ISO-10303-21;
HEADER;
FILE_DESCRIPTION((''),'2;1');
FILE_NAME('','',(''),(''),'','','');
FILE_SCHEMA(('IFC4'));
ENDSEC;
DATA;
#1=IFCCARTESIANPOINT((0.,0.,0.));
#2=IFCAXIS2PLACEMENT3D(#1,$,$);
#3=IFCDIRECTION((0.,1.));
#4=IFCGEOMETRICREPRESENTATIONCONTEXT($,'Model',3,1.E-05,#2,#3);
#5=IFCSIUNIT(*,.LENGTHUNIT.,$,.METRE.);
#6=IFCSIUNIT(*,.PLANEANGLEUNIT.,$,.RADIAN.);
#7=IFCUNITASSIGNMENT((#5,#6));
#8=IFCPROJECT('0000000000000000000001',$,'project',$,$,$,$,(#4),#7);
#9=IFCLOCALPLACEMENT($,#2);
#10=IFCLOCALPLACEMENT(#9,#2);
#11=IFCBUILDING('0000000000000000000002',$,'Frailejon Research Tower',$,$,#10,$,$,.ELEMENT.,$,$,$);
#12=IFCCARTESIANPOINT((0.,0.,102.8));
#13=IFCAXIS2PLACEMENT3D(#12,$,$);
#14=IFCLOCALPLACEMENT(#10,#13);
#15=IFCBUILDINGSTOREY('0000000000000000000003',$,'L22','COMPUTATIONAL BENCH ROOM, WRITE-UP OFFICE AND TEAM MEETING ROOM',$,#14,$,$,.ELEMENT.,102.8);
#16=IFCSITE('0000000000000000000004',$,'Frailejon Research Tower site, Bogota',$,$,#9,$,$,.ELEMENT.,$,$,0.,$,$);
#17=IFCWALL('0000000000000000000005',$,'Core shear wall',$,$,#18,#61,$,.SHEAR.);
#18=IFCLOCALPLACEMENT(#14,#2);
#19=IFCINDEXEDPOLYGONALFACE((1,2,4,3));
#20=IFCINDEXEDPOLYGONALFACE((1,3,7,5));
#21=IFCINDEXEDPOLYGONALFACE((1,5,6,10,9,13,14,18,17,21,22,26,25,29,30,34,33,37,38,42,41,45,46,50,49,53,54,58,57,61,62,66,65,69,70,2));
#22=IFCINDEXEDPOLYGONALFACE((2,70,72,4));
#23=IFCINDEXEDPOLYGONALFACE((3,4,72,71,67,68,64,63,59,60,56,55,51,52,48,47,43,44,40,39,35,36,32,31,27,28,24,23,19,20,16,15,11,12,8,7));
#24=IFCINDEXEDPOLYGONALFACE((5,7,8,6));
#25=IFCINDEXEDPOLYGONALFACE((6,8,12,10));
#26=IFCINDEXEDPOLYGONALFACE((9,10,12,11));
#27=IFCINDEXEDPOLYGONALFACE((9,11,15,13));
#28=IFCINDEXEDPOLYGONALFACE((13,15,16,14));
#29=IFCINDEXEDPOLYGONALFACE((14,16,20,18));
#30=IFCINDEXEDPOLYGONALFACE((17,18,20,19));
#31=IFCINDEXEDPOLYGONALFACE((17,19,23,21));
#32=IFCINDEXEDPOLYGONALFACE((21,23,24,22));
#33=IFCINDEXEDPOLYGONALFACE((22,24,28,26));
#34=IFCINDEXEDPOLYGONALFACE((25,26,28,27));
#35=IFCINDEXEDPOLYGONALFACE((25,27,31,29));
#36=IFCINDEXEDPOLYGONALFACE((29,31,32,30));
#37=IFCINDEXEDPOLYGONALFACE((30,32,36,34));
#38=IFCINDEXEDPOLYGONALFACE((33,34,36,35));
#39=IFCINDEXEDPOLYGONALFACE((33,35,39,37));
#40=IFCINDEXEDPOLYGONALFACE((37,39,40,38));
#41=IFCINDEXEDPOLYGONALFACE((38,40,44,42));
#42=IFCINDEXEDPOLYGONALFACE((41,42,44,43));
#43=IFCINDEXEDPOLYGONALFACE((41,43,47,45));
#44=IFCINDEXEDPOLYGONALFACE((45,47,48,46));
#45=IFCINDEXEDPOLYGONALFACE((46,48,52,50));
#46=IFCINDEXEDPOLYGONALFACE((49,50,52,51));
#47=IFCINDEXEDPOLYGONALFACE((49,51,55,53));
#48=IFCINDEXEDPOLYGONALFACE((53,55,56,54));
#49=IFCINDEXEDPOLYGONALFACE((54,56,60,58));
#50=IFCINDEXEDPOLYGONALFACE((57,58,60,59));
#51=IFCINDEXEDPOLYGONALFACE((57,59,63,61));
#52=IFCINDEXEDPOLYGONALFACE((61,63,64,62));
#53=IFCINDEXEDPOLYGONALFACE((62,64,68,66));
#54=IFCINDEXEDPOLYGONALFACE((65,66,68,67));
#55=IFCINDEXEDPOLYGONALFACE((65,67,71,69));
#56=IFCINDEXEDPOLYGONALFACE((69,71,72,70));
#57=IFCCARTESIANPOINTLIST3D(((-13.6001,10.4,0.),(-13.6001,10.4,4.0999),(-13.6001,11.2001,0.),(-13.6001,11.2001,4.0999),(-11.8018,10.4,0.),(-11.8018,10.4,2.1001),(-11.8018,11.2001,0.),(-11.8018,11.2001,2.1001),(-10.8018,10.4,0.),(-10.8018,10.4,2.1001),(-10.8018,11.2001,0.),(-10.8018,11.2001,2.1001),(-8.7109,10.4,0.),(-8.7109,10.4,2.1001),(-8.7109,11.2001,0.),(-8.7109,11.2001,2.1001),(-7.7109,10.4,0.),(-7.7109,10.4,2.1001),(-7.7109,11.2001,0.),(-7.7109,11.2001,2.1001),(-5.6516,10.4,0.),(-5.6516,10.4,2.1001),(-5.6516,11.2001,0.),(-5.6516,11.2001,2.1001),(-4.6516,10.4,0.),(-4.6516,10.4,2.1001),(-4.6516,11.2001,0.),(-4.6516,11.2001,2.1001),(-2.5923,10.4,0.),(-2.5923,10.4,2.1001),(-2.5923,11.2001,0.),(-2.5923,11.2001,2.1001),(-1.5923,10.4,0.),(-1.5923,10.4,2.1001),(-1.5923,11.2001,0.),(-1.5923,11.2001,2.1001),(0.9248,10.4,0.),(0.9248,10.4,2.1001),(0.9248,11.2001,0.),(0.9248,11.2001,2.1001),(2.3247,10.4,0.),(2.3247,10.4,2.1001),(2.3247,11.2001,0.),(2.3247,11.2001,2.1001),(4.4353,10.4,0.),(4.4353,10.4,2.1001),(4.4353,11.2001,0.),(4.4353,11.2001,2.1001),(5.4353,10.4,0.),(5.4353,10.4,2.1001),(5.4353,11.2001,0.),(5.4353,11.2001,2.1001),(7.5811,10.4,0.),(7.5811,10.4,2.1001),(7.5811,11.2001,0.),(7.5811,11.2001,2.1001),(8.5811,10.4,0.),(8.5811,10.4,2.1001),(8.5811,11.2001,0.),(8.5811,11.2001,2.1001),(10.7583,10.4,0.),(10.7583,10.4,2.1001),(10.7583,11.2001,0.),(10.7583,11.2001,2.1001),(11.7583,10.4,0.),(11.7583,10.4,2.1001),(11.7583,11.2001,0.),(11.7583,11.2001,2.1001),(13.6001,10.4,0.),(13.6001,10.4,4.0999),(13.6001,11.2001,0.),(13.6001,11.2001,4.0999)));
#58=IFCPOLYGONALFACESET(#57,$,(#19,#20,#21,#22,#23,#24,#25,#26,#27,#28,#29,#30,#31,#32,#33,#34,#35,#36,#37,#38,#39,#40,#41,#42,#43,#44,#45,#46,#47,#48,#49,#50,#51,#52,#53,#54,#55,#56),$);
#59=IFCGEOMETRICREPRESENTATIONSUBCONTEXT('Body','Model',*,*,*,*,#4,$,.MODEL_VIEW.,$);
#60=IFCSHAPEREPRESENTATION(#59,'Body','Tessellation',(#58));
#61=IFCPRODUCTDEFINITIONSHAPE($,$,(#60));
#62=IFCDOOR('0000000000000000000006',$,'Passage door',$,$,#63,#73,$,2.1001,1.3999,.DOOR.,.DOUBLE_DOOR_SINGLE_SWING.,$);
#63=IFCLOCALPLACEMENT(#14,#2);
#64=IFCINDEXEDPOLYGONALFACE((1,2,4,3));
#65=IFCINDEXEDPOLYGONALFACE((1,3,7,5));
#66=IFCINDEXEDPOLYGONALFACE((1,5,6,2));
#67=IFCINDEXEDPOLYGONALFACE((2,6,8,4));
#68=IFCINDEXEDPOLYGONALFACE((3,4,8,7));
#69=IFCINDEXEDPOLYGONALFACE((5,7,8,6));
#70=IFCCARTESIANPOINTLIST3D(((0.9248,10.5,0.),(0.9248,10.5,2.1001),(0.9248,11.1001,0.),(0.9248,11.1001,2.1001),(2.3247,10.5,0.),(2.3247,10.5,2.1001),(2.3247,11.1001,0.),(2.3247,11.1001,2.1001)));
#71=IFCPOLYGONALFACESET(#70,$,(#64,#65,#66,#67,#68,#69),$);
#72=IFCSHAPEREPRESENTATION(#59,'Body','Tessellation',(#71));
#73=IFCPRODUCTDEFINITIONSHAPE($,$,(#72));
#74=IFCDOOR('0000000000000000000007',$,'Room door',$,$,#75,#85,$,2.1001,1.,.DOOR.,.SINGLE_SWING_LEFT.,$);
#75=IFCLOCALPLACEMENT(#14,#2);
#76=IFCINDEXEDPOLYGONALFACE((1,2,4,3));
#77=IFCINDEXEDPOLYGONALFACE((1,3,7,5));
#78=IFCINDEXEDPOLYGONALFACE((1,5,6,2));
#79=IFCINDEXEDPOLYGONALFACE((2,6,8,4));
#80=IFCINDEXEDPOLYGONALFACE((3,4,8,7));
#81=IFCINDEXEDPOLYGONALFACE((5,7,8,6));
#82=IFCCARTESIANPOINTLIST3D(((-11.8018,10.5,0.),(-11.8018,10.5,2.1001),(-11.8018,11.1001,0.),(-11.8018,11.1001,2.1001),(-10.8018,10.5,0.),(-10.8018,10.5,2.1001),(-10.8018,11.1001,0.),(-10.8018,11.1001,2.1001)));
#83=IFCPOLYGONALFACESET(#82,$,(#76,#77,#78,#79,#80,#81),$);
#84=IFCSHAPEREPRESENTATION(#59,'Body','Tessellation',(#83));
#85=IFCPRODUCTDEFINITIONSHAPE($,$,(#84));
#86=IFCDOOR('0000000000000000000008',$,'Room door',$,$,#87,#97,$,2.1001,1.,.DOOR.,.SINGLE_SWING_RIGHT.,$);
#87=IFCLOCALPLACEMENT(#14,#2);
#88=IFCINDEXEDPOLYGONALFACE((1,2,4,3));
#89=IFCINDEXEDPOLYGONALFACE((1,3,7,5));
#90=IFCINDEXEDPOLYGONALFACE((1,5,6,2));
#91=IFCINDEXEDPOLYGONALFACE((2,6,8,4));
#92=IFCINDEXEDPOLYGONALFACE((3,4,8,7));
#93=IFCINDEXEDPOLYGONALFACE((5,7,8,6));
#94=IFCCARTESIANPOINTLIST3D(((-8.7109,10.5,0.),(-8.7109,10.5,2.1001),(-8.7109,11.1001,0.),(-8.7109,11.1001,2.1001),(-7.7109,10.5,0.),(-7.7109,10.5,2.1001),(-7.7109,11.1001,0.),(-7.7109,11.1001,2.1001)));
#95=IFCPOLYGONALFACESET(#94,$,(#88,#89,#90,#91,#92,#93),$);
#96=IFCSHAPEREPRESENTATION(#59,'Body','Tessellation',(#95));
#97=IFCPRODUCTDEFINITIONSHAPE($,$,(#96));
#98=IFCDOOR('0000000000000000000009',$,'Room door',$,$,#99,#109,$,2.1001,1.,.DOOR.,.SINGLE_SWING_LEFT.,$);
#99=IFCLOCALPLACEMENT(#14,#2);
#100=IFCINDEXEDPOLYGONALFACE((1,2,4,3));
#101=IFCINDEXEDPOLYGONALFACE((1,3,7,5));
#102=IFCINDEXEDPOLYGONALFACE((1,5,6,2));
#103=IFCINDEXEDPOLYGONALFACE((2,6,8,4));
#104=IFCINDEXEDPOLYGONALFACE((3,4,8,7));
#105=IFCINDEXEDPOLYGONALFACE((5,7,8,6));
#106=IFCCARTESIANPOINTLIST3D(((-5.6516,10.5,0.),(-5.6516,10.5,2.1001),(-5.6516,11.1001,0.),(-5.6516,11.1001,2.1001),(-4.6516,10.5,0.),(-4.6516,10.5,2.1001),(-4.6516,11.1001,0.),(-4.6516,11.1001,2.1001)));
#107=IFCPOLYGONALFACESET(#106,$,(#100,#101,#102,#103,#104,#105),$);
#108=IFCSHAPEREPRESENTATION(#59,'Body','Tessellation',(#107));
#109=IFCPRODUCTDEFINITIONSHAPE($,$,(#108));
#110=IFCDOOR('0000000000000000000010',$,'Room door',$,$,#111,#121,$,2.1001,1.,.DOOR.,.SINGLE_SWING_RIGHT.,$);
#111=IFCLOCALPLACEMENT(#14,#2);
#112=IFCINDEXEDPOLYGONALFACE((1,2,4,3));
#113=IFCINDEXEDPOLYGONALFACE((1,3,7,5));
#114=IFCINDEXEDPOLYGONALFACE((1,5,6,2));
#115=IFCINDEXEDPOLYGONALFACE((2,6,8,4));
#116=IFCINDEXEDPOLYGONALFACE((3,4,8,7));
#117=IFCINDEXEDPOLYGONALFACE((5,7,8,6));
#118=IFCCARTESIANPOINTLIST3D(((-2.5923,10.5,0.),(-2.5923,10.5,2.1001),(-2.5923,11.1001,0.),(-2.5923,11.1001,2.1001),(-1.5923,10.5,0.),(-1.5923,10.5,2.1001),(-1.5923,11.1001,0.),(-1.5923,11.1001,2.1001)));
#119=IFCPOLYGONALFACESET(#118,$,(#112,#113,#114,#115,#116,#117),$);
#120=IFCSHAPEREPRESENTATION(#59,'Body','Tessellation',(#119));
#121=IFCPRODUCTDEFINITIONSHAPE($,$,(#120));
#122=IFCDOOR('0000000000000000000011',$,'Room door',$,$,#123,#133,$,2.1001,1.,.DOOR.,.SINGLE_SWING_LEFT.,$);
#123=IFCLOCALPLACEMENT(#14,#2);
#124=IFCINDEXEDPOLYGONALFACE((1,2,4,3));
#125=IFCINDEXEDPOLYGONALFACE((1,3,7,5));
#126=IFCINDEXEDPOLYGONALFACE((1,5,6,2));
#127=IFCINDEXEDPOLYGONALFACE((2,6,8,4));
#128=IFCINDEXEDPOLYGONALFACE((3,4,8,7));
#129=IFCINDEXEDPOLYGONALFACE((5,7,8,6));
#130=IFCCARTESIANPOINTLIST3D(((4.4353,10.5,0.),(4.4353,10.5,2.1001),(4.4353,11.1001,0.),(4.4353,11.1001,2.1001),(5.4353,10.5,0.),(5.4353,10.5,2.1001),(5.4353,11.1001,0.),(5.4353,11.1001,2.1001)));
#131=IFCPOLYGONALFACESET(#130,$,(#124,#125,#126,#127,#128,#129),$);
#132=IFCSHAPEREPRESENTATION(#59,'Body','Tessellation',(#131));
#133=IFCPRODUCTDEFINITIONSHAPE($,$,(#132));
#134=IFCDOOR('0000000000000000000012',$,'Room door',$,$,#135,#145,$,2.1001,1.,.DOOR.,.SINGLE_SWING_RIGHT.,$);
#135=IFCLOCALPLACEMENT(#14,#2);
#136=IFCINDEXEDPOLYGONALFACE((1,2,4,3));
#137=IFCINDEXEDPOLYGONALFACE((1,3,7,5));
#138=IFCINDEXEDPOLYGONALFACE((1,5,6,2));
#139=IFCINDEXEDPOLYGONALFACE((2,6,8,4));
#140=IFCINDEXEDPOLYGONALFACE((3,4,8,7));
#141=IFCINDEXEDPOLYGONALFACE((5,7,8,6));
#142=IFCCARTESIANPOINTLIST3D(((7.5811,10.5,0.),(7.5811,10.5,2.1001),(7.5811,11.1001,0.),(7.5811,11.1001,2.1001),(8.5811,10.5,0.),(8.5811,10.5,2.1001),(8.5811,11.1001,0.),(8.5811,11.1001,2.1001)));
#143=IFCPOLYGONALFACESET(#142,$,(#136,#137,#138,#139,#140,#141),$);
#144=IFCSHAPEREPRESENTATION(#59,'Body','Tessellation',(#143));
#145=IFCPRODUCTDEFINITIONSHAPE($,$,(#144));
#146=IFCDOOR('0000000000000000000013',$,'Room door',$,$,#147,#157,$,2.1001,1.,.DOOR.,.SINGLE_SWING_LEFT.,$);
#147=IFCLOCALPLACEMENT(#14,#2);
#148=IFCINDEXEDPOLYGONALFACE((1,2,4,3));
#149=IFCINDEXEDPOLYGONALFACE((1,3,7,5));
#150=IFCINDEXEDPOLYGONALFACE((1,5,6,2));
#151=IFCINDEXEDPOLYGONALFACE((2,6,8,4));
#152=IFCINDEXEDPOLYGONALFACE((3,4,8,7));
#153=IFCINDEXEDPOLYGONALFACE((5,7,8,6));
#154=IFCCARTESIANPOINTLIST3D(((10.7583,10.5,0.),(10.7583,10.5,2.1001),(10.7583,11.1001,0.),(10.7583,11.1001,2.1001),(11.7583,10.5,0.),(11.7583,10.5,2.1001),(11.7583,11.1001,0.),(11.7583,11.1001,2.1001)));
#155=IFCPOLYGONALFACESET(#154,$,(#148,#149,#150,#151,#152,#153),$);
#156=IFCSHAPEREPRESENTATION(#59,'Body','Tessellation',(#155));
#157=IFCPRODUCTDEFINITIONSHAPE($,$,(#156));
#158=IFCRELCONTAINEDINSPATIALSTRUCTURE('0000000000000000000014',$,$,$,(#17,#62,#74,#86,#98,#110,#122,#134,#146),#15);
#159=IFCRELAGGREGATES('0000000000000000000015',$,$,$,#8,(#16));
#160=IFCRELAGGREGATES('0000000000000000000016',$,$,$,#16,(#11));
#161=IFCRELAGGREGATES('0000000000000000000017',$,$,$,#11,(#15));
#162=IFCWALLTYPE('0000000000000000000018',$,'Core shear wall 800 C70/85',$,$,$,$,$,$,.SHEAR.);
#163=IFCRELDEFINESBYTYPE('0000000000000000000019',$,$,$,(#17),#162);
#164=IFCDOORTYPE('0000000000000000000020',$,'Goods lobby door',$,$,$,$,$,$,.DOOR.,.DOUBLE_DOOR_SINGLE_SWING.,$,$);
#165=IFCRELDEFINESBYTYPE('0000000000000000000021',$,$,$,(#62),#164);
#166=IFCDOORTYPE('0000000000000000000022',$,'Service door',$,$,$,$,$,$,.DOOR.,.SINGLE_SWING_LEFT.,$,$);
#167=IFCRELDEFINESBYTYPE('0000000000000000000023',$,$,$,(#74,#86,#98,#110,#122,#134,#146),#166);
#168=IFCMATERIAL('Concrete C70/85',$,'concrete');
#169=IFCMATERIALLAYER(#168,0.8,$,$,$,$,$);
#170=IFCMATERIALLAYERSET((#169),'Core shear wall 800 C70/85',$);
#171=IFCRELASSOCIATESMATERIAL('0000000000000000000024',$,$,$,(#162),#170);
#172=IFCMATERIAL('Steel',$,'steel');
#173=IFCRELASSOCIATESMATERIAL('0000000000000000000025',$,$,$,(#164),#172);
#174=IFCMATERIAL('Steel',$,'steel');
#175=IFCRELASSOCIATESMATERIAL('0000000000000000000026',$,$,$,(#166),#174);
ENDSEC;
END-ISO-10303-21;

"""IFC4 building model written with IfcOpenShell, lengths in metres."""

from ifc_helpers import new_model, si_unit, direction, frame, frame_2d, origin, place, context, subcontext, project, spatial, rectangle, extrude, material, layer, layer_set, type_object, element, fill, save


model = new_model("IFC4")

# Units and contexts
model_context = context("Model", 3, precision=1e-05, world=origin(), true_north=direction((0.0, 1.0)))
body_context = subcontext(model_context, "Body", "Model", "MODEL_VIEW")
ifc_project = project(units=[si_unit("LENGTHUNIT", "METRE"), si_unit("PLANEANGLEUNIT", "RADIAN")], contexts=[model_context])

# Site, building, storey
site_placement = place(None, origin())
site = spatial("IfcSite", under=ifc_project, at=site_placement, Name="Frailejon Research Tower site, Bogota", CompositionType="ELEMENT", RefElevation=0.0)
building_placement = place(site_placement, origin())
building = spatial("IfcBuilding", under=site, at=building_placement, Name="Frailejon Research Tower", CompositionType="ELEMENT")
storey_placement = place(building_placement, frame((0.0, 0.0, 102.8)))
storey = spatial("IfcBuildingStorey", under=building, at=storey_placement, Name="L22", Description="COMPUTATIONAL BENCH ROOM, WRITE-UP OFFICE AND TEAM MEETING ROOM", CompositionType="ELEMENT", Elevation=102.8)

# Wall, openings, doors
ifc_material_1 = material(Name="Concrete C70/85", Category="concrete")
ifc_layer_1 = layer(ifc_material_1, 0.8)
ifc_layer_set_1 = layer_set([ifc_layer_1], Name="Core shear wall 800 C70/85")
wall_type_1 = type_object("IfcWallType", Name="Core shear wall 800 C70/85", PredefinedType="SHEAR", material=ifc_layer_set_1)
wall_1_placement = place(storey_placement, frame((-13.6001, 10.8, 0.0), z_axis=(0.0, 0.0, 1.0), x_axis=(1.0, 0.0, 0.0)))
wall_1 = element("IfcWall", 1, at=wall_1_placement, inside=storey, type_object=wall_type_1, Name="Core shear wall", PredefinedType="SHEAR", context=body_context, shape_type="SweptSolid", body=[
    extrude(rectangle(XDim=27.2002, YDim=0.8, at=frame_2d((13.6001, 0.0))), origin(), (0.0, 0.0, 1.0), 4.0999),
])
opening_1_placement = place(wall_1_placement, frame((1.7983, 0.0, 0.0)))
opening_1 = element("IfcOpeningElement", 2, at=opening_1_placement, cuts=wall_1, PredefinedType="OPENING", context=body_context, shape_type="SweptSolid", body=[
    extrude(rectangle(XDim=1.0, YDim=2.1001, at=frame_2d((0.5, 1.05))), frame((0.0, 0.4099, 0.0), z_axis=(0.0, -1.0, 0.0), x_axis=(1.0, 0.0, 0.0)), (0.0, 0.0, 1.0), 0.8201),
])
opening_2_placement = place(wall_1_placement, frame((4.8892, 0.0, 0.0)))
opening_2 = element("IfcOpeningElement", 3, at=opening_2_placement, cuts=wall_1, PredefinedType="OPENING", context=body_context, shape_type="SweptSolid", body=[
    extrude(rectangle(XDim=1.0, YDim=2.1001, at=frame_2d((0.5, 1.05))), frame((0.0, 0.4099, 0.0), z_axis=(0.0, -1.0, 0.0), x_axis=(1.0, 0.0, 0.0)), (0.0, 0.0, 1.0), 0.8201),
])
opening_3_placement = place(wall_1_placement, frame((7.9485, 0.0, 0.0)))
opening_3 = element("IfcOpeningElement", 4, at=opening_3_placement, cuts=wall_1, PredefinedType="OPENING", context=body_context, shape_type="SweptSolid", body=[
    extrude(rectangle(XDim=1.0, YDim=2.1001, at=frame_2d((0.5, 1.05))), frame((0.0, 0.4099, 0.0), z_axis=(0.0, -1.0, 0.0), x_axis=(1.0, 0.0, 0.0)), (0.0, 0.0, 1.0), 0.8201),
])
opening_4_placement = place(wall_1_placement, frame((11.0078, 0.0, 0.0)))
opening_4 = element("IfcOpeningElement", 5, at=opening_4_placement, cuts=wall_1, PredefinedType="OPENING", context=body_context, shape_type="SweptSolid", body=[
    extrude(rectangle(XDim=1.0, YDim=2.1001, at=frame_2d((0.5, 1.05))), frame((0.0, 0.4099, 0.0), z_axis=(0.0, -1.0, 0.0), x_axis=(1.0, 0.0, 0.0)), (0.0, 0.0, 1.0), 0.8201),
])
opening_5_placement = place(wall_1_placement, frame((18.0354, 0.0, 0.0)))
opening_5 = element("IfcOpeningElement", 6, at=opening_5_placement, cuts=wall_1, PredefinedType="OPENING", context=body_context, shape_type="SweptSolid", body=[
    extrude(rectangle(XDim=1.0, YDim=2.1001, at=frame_2d((0.5, 1.05))), frame((0.0, 0.4099, 0.0), z_axis=(0.0, -1.0, 0.0), x_axis=(1.0, 0.0, 0.0)), (0.0, 0.0, 1.0), 0.8201),
])
opening_6_placement = place(wall_1_placement, frame((21.1812, 0.0, 0.0)))
opening_6 = element("IfcOpeningElement", 7, at=opening_6_placement, cuts=wall_1, PredefinedType="OPENING", context=body_context, shape_type="SweptSolid", body=[
    extrude(rectangle(XDim=1.0, YDim=2.1001, at=frame_2d((0.5, 1.05))), frame((0.0, 0.4099, 0.0), z_axis=(0.0, -1.0, 0.0), x_axis=(1.0, 0.0, 0.0)), (0.0, 0.0, 1.0), 0.8201),
])
opening_7_placement = place(wall_1_placement, frame((24.3584, 0.0, 0.0)))
opening_7 = element("IfcOpeningElement", 8, at=opening_7_placement, cuts=wall_1, PredefinedType="OPENING", context=body_context, shape_type="SweptSolid", body=[
    extrude(rectangle(XDim=1.0, YDim=2.1001, at=frame_2d((0.5, 1.05))), frame((0.0, 0.4099, 0.0), z_axis=(0.0, -1.0, 0.0), x_axis=(1.0, 0.0, 0.0)), (0.0, 0.0, 1.0), 0.8201),
])
opening_8_placement = place(wall_1_placement, frame((14.5249, 0.0, 0.0)))
opening_8 = element("IfcOpeningElement", 9, at=opening_8_placement, cuts=wall_1, PredefinedType="OPENING", context=body_context, shape_type="SweptSolid", body=[
    extrude(rectangle(XDim=1.3999, YDim=2.1001, at=frame_2d((0.7, 1.05))), frame((0.0, 0.4099, 0.0), z_axis=(0.0, -1.0, 0.0), x_axis=(1.0, 0.0, 0.0)), (0.0, 0.0, 1.0), 0.8201),
])
ifc_material_2 = material(Name="Steel", Category="steel")
door_type_1 = type_object("IfcDoorType", Name="Goods lobby door", OperationType="DOUBLE_DOOR_SINGLE_SWING", PredefinedType="DOOR", material=ifc_material_2)
door_1_placement = place(opening_8_placement, origin())
door_1 = element("IfcDoor", 10, at=door_1_placement, inside=storey, type_object=door_type_1, Name="Passage door", OperationType="DOUBLE_DOOR_SINGLE_SWING", OverallHeight=2.1001, OverallWidth=1.3999, PredefinedType="DOOR", context=body_context, shape_type="SweptSolid", body=[
    extrude(rectangle(XDim=1.3999, YDim=2.1001, at=frame_2d((0.7, 1.05))), frame((0.0, 0.3, 0.0), z_axis=(0.0, -1.0, 0.0), x_axis=(1.0, 0.0, 0.0)), (0.0, 0.0, 1.0), 0.6001),
])
fill(opening_8, door_1)
ifc_material_3 = material(Name="Steel", Category="steel")
door_type_2 = type_object("IfcDoorType", Name="Service door", OperationType="SINGLE_SWING_LEFT", PredefinedType="DOOR", material=ifc_material_3)
door_2_placement = place(opening_1_placement, origin())
door_2 = element("IfcDoor", 11, at=door_2_placement, inside=storey, type_object=door_type_2, Name="Room door", OperationType="SINGLE_SWING_LEFT", OverallHeight=2.1001, OverallWidth=1.0, PredefinedType="DOOR", context=body_context, shape_type="SweptSolid", body=[
    extrude(rectangle(XDim=1.0, YDim=2.1001, at=frame_2d((0.5, 1.05))), frame((0.0, 0.3, 0.0), z_axis=(0.0, -1.0, 0.0), x_axis=(1.0, 0.0, 0.0)), (0.0, 0.0, 1.0), 0.6001),
])
fill(opening_1, door_2)
door_3_placement = place(opening_2_placement, origin())
door_3 = element("IfcDoor", 12, at=door_3_placement, inside=storey, type_object=door_type_2, Name="Room door", OperationType="SINGLE_SWING_RIGHT", OverallHeight=2.1001, OverallWidth=1.0, PredefinedType="DOOR", context=body_context, shape_type="SweptSolid", body=[
    extrude(rectangle(XDim=1.0, YDim=2.1001, at=frame_2d((0.5, 1.05))), frame((0.0, 0.3, 0.0), z_axis=(0.0, -1.0, 0.0), x_axis=(1.0, 0.0, 0.0)), (0.0, 0.0, 1.0), 0.6001),
])
fill(opening_2, door_3)
door_4_placement = place(opening_3_placement, origin())
door_4 = element("IfcDoor", 13, at=door_4_placement, inside=storey, type_object=door_type_2, Name="Room door", OperationType="SINGLE_SWING_LEFT", OverallHeight=2.1001, OverallWidth=1.0, PredefinedType="DOOR", context=body_context, shape_type="SweptSolid", body=[
    extrude(rectangle(XDim=1.0, YDim=2.1001, at=frame_2d((0.5, 1.05))), frame((0.0, 0.3, 0.0), z_axis=(0.0, -1.0, 0.0), x_axis=(1.0, 0.0, 0.0)), (0.0, 0.0, 1.0), 0.6001),
])
fill(opening_3, door_4)
door_5_placement = place(opening_4_placement, origin())
door_5 = element("IfcDoor", 14, at=door_5_placement, inside=storey, type_object=door_type_2, Name="Room door", OperationType="SINGLE_SWING_RIGHT", OverallHeight=2.1001, OverallWidth=1.0, PredefinedType="DOOR", context=body_context, shape_type="SweptSolid", body=[
    extrude(rectangle(XDim=1.0, YDim=2.1001, at=frame_2d((0.5, 1.05))), frame((0.0, 0.3, 0.0), z_axis=(0.0, -1.0, 0.0), x_axis=(1.0, 0.0, 0.0)), (0.0, 0.0, 1.0), 0.6001),
])
fill(opening_4, door_5)
door_6_placement = place(opening_5_placement, origin())
door_6 = element("IfcDoor", 15, at=door_6_placement, inside=storey, type_object=door_type_2, Name="Room door", OperationType="SINGLE_SWING_LEFT", OverallHeight=2.1001, OverallWidth=1.0, PredefinedType="DOOR", context=body_context, shape_type="SweptSolid", body=[
    extrude(rectangle(XDim=1.0, YDim=2.1001, at=frame_2d((0.5, 1.05))), frame((0.0, 0.3, 0.0), z_axis=(0.0, -1.0, 0.0), x_axis=(1.0, 0.0, 0.0)), (0.0, 0.0, 1.0), 0.6001),
])
fill(opening_5, door_6)
door_7_placement = place(opening_6_placement, origin())
door_7 = element("IfcDoor", 16, at=door_7_placement, inside=storey, type_object=door_type_2, Name="Room door", OperationType="SINGLE_SWING_RIGHT", OverallHeight=2.1001, OverallWidth=1.0, PredefinedType="DOOR", context=body_context, shape_type="SweptSolid", body=[
    extrude(rectangle(XDim=1.0, YDim=2.1001, at=frame_2d((0.5, 1.05))), frame((0.0, 0.3, 0.0), z_axis=(0.0, -1.0, 0.0), x_axis=(1.0, 0.0, 0.0)), (0.0, 0.0, 1.0), 0.6001),
])
fill(opening_6, door_7)
door_8_placement = place(opening_7_placement, origin())
door_8 = element("IfcDoor", 17, at=door_8_placement, inside=storey, type_object=door_type_2, Name="Room door", OperationType="SINGLE_SWING_LEFT", OverallHeight=2.1001, OverallWidth=1.0, PredefinedType="DOOR", context=body_context, shape_type="SweptSolid", body=[
    extrude(rectangle(XDim=1.0, YDim=2.1001, at=frame_2d((0.5, 1.05))), frame((0.0, 0.3, 0.0), z_axis=(0.0, -1.0, 0.0), x_axis=(1.0, 0.0, 0.0)), (0.0, 0.0, 1.0), 0.6001),
])
fill(opening_7, door_8)

save(model, "model.ifc")
